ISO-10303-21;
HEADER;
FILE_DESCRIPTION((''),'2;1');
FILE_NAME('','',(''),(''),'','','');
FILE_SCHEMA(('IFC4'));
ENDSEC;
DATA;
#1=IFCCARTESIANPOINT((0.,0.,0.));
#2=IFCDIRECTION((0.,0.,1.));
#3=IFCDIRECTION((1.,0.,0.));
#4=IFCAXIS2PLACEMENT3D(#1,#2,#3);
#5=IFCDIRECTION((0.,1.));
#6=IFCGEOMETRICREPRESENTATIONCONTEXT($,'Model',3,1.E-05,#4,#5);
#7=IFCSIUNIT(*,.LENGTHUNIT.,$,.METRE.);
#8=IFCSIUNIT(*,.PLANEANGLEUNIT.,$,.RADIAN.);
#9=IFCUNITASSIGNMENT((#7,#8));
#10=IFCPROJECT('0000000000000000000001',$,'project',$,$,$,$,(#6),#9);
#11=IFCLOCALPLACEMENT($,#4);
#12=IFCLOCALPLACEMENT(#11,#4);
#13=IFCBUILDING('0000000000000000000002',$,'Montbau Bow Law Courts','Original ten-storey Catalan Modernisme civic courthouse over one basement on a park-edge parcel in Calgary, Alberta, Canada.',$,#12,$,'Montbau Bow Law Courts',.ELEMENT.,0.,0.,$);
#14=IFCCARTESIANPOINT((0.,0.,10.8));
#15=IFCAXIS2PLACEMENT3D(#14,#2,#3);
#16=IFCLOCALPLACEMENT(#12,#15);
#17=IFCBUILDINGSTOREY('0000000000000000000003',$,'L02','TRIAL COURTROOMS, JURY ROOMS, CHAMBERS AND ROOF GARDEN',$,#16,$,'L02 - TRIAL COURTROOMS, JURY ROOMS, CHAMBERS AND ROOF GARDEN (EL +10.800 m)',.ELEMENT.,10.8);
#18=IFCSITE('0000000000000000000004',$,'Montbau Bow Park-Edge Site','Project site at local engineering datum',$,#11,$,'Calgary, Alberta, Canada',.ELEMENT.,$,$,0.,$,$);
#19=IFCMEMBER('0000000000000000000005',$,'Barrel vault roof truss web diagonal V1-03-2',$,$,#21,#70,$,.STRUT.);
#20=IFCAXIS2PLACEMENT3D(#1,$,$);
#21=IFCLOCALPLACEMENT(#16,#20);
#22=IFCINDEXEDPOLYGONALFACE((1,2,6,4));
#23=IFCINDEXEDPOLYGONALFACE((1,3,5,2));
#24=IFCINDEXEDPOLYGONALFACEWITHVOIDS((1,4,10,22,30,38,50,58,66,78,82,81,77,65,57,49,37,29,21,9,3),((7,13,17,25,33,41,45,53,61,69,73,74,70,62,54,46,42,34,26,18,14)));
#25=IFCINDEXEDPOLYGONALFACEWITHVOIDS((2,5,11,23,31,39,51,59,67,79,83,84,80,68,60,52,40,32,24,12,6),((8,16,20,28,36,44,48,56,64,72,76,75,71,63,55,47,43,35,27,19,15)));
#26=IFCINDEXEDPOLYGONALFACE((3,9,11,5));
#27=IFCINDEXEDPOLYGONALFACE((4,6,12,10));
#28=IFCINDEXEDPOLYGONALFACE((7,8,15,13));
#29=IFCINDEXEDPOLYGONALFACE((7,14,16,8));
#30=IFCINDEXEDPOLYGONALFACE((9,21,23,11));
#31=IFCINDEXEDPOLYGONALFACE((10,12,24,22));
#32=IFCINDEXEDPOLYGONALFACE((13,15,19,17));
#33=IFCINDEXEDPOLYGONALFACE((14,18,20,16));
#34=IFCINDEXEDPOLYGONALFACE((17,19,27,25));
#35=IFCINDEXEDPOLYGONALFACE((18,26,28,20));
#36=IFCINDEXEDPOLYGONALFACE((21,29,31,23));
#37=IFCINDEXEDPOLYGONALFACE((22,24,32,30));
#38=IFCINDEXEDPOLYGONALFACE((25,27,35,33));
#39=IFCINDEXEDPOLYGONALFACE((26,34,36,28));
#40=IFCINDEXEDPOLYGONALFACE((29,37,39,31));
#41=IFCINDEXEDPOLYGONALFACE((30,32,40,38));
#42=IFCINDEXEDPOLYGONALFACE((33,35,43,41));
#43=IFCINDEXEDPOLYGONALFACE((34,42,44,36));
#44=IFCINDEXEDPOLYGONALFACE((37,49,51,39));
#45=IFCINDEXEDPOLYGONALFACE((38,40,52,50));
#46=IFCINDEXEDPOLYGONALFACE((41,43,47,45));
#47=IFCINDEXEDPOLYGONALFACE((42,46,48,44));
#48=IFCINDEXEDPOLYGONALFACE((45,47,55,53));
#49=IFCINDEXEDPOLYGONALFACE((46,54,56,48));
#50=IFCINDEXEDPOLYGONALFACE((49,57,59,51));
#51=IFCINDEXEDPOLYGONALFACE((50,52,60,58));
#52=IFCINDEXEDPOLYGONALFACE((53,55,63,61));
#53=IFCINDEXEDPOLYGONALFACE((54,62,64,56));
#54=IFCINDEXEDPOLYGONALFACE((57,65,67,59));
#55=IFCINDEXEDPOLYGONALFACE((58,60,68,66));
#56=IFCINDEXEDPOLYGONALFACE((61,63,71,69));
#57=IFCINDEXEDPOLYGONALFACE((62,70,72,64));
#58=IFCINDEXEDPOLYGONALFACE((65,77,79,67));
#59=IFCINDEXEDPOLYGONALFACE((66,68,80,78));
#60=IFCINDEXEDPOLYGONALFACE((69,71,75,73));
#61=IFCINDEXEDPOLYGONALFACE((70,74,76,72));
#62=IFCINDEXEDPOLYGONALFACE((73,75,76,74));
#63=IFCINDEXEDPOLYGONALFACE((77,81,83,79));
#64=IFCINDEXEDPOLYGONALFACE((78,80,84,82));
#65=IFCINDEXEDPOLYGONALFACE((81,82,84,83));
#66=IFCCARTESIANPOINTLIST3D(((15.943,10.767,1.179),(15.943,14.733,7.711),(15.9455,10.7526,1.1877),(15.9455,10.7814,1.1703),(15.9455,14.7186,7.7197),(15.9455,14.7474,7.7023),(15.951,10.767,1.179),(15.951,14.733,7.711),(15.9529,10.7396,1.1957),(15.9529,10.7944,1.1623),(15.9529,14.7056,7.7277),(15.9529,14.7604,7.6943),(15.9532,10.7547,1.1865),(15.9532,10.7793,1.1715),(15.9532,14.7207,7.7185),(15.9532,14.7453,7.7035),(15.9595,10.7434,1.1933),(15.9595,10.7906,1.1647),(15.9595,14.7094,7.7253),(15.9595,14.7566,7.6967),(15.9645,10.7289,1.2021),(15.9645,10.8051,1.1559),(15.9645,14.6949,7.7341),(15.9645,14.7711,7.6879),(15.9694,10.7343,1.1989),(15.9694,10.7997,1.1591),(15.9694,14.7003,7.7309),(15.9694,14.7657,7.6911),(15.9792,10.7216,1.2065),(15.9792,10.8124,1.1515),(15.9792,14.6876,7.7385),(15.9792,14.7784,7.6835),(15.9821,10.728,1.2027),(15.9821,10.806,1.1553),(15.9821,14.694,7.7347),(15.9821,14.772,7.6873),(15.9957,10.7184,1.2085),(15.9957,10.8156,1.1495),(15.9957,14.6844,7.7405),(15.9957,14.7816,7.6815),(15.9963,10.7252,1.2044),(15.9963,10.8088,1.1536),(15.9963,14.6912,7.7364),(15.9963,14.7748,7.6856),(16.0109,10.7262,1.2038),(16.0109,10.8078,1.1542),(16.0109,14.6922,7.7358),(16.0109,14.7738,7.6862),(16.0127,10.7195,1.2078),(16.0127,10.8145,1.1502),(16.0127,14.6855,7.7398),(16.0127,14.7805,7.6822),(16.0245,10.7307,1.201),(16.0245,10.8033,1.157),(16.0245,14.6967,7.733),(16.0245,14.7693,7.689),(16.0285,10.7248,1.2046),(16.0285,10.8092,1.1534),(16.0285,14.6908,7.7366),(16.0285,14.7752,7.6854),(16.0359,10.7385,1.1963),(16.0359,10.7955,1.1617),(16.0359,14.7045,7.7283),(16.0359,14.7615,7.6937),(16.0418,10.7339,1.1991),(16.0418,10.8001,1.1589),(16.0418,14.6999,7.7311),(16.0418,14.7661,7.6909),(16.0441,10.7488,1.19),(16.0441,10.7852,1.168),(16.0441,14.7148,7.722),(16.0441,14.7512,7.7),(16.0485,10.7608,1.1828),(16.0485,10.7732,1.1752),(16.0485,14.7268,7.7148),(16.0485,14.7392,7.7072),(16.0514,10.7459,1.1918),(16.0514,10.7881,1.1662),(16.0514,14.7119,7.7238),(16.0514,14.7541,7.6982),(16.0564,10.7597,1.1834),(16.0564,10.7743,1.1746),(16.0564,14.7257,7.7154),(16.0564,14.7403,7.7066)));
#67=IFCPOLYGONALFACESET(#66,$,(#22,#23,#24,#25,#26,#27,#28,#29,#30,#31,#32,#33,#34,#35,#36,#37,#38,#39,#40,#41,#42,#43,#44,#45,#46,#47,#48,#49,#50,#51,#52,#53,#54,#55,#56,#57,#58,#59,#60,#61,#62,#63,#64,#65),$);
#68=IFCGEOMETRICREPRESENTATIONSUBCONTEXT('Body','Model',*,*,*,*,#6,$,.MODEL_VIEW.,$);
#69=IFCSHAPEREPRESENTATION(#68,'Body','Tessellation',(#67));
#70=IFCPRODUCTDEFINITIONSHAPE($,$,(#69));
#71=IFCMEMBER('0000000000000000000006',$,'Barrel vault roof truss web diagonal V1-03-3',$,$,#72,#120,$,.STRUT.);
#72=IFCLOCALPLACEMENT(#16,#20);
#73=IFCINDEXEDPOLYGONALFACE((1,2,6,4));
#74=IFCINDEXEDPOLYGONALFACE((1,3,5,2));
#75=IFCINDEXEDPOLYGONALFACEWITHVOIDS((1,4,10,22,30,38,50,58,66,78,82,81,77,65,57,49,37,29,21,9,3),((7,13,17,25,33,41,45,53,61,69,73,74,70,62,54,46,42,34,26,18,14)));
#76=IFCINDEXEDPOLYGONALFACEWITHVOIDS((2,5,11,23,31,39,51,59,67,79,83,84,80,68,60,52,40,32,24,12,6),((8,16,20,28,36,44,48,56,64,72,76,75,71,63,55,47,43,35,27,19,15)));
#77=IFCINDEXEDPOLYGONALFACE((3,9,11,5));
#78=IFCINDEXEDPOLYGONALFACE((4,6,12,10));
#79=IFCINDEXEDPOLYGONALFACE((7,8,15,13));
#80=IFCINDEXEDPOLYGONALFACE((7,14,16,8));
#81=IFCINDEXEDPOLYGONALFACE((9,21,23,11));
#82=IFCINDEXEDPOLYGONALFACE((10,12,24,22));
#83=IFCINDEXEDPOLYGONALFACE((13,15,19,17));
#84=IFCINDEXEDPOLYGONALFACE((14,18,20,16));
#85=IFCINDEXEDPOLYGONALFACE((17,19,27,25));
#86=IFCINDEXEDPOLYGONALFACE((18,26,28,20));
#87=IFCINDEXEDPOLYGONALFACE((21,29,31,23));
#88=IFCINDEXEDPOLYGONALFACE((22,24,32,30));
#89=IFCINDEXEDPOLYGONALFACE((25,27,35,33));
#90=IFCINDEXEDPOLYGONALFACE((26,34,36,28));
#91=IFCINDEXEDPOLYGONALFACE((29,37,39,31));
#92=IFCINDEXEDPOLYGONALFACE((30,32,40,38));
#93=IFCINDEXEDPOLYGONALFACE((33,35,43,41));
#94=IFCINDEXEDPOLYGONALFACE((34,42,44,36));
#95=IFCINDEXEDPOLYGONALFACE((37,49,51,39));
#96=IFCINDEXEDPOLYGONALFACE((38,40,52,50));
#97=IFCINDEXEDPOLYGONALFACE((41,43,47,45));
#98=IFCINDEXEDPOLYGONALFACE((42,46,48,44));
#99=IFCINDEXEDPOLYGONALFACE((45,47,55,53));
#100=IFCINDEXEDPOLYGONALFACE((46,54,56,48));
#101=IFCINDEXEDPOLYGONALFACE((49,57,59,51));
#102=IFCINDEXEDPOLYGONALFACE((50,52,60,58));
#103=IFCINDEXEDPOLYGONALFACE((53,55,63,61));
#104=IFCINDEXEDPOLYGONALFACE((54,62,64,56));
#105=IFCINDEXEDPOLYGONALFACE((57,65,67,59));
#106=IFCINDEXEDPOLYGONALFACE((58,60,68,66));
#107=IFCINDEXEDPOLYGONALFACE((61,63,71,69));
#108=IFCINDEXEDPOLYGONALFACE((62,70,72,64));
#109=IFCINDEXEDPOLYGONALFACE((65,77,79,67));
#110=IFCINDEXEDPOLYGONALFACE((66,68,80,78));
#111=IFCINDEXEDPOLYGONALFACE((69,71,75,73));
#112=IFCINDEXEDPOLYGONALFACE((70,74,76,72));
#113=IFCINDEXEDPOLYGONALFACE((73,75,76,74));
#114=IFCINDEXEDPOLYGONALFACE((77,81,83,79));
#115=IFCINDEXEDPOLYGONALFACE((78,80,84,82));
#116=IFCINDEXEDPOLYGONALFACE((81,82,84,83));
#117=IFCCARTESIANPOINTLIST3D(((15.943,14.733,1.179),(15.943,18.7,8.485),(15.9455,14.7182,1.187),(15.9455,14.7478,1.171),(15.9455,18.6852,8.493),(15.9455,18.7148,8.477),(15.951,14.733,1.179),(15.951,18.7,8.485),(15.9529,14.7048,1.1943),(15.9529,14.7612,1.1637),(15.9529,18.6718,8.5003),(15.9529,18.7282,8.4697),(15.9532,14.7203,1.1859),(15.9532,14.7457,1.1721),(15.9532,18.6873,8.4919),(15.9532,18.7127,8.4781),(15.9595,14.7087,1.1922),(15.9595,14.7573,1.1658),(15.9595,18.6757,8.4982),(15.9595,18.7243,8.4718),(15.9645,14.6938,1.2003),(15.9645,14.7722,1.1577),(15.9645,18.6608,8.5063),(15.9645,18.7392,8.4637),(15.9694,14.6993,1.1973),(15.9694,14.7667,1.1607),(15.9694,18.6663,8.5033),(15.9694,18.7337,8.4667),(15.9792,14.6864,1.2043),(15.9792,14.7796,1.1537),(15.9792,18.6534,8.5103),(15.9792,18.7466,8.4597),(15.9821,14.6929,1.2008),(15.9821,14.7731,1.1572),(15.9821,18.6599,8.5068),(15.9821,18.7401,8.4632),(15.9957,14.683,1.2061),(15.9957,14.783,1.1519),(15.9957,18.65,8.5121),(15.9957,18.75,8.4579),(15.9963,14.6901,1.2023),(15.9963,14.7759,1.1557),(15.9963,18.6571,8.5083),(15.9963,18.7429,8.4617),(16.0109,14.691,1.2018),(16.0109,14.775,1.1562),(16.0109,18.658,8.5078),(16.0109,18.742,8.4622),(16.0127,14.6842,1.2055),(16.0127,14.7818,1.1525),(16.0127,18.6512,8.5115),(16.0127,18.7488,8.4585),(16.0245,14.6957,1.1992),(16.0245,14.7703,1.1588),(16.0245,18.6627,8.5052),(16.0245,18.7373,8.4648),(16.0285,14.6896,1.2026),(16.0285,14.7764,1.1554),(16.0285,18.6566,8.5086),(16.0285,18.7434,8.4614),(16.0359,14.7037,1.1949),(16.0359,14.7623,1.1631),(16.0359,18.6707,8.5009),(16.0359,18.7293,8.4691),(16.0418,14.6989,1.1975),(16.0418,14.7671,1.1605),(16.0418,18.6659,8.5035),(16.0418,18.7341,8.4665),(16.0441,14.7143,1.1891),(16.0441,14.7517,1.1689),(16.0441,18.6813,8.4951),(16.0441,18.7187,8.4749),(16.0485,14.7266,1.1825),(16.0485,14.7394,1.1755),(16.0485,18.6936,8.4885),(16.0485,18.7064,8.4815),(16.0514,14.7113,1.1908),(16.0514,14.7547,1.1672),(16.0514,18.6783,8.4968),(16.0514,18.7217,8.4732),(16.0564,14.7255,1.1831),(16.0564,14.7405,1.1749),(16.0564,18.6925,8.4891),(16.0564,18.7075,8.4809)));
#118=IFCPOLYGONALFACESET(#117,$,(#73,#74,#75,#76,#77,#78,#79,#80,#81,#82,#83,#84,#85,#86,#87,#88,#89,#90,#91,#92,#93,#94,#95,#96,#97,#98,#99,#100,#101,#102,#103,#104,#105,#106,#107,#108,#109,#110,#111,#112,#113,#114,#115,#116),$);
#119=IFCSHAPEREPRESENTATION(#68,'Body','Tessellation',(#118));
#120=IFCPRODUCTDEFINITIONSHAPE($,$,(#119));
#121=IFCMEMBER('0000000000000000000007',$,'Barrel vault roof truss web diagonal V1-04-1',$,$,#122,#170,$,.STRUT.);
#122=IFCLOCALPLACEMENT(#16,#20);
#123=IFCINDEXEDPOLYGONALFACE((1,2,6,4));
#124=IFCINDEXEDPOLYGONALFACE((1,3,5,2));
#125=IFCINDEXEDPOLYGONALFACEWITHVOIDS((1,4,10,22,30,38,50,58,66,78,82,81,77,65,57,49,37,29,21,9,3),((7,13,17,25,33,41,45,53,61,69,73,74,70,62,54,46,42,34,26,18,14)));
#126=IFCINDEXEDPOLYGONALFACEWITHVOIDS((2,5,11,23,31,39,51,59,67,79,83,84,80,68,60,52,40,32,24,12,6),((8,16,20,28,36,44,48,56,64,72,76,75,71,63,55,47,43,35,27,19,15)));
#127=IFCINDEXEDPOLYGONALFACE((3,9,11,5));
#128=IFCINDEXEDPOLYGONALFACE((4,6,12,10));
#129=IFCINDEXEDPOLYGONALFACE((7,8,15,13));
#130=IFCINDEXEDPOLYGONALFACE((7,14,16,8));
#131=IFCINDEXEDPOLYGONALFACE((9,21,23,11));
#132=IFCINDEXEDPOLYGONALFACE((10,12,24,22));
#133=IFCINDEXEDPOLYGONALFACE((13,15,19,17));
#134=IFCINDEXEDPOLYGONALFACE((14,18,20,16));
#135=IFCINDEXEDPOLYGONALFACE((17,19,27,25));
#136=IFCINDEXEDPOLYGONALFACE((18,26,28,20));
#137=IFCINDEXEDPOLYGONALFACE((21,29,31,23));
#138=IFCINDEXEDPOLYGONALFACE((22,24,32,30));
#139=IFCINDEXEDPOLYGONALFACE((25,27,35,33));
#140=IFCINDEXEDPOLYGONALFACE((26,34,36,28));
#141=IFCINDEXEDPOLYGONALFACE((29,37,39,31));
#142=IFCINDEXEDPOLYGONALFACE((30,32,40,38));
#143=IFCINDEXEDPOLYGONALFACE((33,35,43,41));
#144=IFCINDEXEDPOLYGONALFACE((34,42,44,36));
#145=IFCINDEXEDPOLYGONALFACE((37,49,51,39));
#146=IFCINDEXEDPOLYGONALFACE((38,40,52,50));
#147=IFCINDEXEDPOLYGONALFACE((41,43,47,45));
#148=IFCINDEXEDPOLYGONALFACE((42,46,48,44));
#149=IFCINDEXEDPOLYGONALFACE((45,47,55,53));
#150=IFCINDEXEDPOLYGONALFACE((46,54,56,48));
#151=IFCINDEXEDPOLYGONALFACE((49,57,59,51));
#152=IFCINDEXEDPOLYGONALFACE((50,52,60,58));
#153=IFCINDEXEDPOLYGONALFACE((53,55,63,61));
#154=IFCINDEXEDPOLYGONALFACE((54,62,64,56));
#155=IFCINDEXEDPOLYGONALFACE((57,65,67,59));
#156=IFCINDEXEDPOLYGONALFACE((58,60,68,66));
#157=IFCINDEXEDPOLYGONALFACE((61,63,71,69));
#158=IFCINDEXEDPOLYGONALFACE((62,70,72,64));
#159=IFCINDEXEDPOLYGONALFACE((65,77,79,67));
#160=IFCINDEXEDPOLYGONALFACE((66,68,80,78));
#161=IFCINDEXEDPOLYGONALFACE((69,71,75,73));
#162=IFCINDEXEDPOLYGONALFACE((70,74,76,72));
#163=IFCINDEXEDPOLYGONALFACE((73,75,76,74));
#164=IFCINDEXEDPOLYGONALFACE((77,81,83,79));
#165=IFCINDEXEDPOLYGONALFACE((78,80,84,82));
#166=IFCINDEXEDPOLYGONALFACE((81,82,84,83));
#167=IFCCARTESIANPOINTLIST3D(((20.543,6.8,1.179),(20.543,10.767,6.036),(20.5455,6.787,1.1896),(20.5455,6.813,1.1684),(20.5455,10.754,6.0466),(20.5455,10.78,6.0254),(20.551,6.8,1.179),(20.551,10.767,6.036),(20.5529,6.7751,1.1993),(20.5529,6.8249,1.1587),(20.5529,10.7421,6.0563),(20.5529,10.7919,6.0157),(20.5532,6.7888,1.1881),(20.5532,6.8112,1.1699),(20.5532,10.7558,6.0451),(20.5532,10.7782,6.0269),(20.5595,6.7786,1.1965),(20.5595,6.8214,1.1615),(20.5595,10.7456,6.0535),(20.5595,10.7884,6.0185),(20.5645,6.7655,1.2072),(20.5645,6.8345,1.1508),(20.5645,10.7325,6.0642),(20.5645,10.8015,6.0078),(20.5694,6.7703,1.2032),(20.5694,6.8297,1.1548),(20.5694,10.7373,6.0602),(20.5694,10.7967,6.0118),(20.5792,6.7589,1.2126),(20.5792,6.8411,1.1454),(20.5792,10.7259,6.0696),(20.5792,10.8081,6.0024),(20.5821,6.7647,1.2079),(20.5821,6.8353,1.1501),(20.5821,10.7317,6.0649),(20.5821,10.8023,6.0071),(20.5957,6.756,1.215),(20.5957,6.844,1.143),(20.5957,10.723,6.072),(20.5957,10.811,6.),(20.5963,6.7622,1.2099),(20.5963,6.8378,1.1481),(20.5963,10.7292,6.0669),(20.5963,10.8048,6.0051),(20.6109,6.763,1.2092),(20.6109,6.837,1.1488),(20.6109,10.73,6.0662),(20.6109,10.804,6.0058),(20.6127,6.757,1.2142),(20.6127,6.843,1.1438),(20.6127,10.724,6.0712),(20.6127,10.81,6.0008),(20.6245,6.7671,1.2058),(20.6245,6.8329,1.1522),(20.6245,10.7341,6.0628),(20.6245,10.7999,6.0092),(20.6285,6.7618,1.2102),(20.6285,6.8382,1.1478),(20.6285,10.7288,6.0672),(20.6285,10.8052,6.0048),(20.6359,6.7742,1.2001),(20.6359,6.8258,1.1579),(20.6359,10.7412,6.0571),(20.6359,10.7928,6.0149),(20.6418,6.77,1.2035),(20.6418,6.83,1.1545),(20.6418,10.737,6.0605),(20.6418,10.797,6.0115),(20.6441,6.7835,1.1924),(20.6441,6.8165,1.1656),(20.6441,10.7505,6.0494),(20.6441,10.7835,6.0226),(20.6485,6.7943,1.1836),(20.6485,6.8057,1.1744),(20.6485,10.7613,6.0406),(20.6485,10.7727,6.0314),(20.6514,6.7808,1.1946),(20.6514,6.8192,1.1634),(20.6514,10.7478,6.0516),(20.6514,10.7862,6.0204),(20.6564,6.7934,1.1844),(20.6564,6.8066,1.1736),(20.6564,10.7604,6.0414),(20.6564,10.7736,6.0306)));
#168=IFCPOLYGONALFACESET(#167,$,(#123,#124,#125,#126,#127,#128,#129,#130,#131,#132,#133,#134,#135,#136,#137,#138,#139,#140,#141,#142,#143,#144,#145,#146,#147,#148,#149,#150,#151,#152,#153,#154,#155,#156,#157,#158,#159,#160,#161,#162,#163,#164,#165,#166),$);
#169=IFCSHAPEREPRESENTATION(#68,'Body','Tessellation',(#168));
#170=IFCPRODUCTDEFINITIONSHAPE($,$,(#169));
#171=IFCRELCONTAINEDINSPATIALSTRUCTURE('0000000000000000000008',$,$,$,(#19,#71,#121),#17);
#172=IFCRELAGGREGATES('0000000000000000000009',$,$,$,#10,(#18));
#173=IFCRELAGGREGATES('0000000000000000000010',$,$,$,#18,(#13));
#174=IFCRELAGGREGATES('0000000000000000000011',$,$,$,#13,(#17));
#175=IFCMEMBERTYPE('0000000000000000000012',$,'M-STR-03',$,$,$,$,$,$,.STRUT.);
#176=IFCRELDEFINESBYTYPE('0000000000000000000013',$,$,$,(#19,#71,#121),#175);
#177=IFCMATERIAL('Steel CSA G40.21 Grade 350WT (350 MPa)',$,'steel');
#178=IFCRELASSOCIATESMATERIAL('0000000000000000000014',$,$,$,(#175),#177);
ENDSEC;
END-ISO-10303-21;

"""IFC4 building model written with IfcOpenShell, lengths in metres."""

from ifc_helpers import new_model, si_unit, direction, frame, origin_with_axes, origin_2d_with_axis, place, context, subcontext, project, spatial, hollow_circle, extrude, material, material_profile, profile_set, type_object, element, save


model = new_model("IFC4")

# Units and contexts
model_context = context("Model", 3, precision=1e-05, world=origin_with_axes(), true_north=direction((0.0, 1.0)))
body_context = subcontext(model_context, "Body", "Model", "MODEL_VIEW")
ifc_project = project(units=[si_unit("LENGTHUNIT", "METRE"), si_unit("PLANEANGLEUNIT", "RADIAN")], contexts=[model_context])

# Site, building, storey
site_placement = place(None, origin_with_axes())
site = spatial("IfcSite", under=ifc_project, at=site_placement, Name="Montbau Bow Park-Edge Site", Description="Project site at local engineering datum", LongName="Calgary, Alberta, Canada", CompositionType="ELEMENT", RefElevation=0.0)
building_placement = place(site_placement, origin_with_axes())
building = spatial("IfcBuilding", under=site, at=building_placement, Name="Montbau Bow Law Courts", Description="Original ten-storey Catalan Modernisme civic courthouse over one basement on a park-edge parcel in Calgary, Alberta, Canada.", LongName="Montbau Bow Law Courts", CompositionType="ELEMENT", ElevationOfRefHeight=0.0, ElevationOfTerrain=0.0)
storey_placement = place(building_placement, frame((0.0, 0.0, 10.8), z_axis=(0.0, 0.0, 1.0), x_axis=(1.0, 0.0, 0.0)))
storey = spatial("IfcBuildingStorey", under=building, at=storey_placement, Name="L02", Description="TRIAL COURTROOMS, JURY ROOMS, CHAMBERS AND ROOF GARDEN", LongName="L02 - TRIAL COURTROOMS, JURY ROOMS, CHAMBERS AND ROOF GARDEN (EL +10.800 m)", CompositionType="ELEMENT", Elevation=10.8)

# Members
ifc_material = material(Name="Steel CSA G40.21 Grade 350WT (350 MPa)", Category="steel")
ifc_material_profile_1 = material_profile(ifc_material, hollow_circle(Radius=0.057, WallThickness=0.008, at=origin_2d_with_axis()), Name="HSS114X8.0", Category="Main", Priority=0)
ifc_profile_set_1 = profile_set([ifc_material_profile_1], Name="Steel CSA G40.21 Grade 350WT (350 MPa)")
member_type_1 = type_object("IfcMemberType", Name="M-STR-03", PredefinedType="STRUT", material=ifc_profile_set_1)
member_1_placement = place(None, frame((16.0, 10.767, 11.979), z_axis=(0.0, 0.518992, 0.854779), x_axis=(-1.0, 0.0, 0.0)))
element("IfcMember", 1, at=member_1_placement, inside=storey, type_object=member_type_1, Name="Barrel vault roof truss web diagonal V1-03-2", PredefinedType="STRUT", context=body_context, shape_type="SweptSolid", body=[
    extrude(hollow_circle(Radius=0.057, WallThickness=0.008, at=origin_2d_with_axis()), origin_with_axes(), (0.0, 0.0, 1.0), 7.6417),
])
member_2_placement = place(None, frame((16.0, 14.733, 11.979), z_axis=(0.0, 0.477174, 0.878809), x_axis=(-1.0, 0.0, 0.0)))
element("IfcMember", 2, at=member_2_placement, inside=storey, type_object=member_type_1, Name="Barrel vault roof truss web diagonal V1-03-3", PredefinedType="STRUT", context=body_context, shape_type="SweptSolid", body=[
    extrude(hollow_circle(Radius=0.057, WallThickness=0.008, at=origin_2d_with_axis()), origin_with_axes(), (0.0, 0.0, 1.0), 8.3135),
])
member_3_placement = place(None, frame((20.6, 6.8, 11.979), z_axis=(0.0, 0.632578, 0.774497), x_axis=(-1.0, 0.0, 0.0)))
element("IfcMember", 3, at=member_3_placement, inside=storey, type_object=member_type_1, Name="Barrel vault roof truss web diagonal V1-04-1", PredefinedType="STRUT", context=body_context, shape_type="SweptSolid", body=[
    extrude(hollow_circle(Radius=0.057, WallThickness=0.008, at=origin_2d_with_axis()), origin_with_axes(), (0.0, 0.0, 1.0), 6.2712),
])

save(model, "model.ifc")
